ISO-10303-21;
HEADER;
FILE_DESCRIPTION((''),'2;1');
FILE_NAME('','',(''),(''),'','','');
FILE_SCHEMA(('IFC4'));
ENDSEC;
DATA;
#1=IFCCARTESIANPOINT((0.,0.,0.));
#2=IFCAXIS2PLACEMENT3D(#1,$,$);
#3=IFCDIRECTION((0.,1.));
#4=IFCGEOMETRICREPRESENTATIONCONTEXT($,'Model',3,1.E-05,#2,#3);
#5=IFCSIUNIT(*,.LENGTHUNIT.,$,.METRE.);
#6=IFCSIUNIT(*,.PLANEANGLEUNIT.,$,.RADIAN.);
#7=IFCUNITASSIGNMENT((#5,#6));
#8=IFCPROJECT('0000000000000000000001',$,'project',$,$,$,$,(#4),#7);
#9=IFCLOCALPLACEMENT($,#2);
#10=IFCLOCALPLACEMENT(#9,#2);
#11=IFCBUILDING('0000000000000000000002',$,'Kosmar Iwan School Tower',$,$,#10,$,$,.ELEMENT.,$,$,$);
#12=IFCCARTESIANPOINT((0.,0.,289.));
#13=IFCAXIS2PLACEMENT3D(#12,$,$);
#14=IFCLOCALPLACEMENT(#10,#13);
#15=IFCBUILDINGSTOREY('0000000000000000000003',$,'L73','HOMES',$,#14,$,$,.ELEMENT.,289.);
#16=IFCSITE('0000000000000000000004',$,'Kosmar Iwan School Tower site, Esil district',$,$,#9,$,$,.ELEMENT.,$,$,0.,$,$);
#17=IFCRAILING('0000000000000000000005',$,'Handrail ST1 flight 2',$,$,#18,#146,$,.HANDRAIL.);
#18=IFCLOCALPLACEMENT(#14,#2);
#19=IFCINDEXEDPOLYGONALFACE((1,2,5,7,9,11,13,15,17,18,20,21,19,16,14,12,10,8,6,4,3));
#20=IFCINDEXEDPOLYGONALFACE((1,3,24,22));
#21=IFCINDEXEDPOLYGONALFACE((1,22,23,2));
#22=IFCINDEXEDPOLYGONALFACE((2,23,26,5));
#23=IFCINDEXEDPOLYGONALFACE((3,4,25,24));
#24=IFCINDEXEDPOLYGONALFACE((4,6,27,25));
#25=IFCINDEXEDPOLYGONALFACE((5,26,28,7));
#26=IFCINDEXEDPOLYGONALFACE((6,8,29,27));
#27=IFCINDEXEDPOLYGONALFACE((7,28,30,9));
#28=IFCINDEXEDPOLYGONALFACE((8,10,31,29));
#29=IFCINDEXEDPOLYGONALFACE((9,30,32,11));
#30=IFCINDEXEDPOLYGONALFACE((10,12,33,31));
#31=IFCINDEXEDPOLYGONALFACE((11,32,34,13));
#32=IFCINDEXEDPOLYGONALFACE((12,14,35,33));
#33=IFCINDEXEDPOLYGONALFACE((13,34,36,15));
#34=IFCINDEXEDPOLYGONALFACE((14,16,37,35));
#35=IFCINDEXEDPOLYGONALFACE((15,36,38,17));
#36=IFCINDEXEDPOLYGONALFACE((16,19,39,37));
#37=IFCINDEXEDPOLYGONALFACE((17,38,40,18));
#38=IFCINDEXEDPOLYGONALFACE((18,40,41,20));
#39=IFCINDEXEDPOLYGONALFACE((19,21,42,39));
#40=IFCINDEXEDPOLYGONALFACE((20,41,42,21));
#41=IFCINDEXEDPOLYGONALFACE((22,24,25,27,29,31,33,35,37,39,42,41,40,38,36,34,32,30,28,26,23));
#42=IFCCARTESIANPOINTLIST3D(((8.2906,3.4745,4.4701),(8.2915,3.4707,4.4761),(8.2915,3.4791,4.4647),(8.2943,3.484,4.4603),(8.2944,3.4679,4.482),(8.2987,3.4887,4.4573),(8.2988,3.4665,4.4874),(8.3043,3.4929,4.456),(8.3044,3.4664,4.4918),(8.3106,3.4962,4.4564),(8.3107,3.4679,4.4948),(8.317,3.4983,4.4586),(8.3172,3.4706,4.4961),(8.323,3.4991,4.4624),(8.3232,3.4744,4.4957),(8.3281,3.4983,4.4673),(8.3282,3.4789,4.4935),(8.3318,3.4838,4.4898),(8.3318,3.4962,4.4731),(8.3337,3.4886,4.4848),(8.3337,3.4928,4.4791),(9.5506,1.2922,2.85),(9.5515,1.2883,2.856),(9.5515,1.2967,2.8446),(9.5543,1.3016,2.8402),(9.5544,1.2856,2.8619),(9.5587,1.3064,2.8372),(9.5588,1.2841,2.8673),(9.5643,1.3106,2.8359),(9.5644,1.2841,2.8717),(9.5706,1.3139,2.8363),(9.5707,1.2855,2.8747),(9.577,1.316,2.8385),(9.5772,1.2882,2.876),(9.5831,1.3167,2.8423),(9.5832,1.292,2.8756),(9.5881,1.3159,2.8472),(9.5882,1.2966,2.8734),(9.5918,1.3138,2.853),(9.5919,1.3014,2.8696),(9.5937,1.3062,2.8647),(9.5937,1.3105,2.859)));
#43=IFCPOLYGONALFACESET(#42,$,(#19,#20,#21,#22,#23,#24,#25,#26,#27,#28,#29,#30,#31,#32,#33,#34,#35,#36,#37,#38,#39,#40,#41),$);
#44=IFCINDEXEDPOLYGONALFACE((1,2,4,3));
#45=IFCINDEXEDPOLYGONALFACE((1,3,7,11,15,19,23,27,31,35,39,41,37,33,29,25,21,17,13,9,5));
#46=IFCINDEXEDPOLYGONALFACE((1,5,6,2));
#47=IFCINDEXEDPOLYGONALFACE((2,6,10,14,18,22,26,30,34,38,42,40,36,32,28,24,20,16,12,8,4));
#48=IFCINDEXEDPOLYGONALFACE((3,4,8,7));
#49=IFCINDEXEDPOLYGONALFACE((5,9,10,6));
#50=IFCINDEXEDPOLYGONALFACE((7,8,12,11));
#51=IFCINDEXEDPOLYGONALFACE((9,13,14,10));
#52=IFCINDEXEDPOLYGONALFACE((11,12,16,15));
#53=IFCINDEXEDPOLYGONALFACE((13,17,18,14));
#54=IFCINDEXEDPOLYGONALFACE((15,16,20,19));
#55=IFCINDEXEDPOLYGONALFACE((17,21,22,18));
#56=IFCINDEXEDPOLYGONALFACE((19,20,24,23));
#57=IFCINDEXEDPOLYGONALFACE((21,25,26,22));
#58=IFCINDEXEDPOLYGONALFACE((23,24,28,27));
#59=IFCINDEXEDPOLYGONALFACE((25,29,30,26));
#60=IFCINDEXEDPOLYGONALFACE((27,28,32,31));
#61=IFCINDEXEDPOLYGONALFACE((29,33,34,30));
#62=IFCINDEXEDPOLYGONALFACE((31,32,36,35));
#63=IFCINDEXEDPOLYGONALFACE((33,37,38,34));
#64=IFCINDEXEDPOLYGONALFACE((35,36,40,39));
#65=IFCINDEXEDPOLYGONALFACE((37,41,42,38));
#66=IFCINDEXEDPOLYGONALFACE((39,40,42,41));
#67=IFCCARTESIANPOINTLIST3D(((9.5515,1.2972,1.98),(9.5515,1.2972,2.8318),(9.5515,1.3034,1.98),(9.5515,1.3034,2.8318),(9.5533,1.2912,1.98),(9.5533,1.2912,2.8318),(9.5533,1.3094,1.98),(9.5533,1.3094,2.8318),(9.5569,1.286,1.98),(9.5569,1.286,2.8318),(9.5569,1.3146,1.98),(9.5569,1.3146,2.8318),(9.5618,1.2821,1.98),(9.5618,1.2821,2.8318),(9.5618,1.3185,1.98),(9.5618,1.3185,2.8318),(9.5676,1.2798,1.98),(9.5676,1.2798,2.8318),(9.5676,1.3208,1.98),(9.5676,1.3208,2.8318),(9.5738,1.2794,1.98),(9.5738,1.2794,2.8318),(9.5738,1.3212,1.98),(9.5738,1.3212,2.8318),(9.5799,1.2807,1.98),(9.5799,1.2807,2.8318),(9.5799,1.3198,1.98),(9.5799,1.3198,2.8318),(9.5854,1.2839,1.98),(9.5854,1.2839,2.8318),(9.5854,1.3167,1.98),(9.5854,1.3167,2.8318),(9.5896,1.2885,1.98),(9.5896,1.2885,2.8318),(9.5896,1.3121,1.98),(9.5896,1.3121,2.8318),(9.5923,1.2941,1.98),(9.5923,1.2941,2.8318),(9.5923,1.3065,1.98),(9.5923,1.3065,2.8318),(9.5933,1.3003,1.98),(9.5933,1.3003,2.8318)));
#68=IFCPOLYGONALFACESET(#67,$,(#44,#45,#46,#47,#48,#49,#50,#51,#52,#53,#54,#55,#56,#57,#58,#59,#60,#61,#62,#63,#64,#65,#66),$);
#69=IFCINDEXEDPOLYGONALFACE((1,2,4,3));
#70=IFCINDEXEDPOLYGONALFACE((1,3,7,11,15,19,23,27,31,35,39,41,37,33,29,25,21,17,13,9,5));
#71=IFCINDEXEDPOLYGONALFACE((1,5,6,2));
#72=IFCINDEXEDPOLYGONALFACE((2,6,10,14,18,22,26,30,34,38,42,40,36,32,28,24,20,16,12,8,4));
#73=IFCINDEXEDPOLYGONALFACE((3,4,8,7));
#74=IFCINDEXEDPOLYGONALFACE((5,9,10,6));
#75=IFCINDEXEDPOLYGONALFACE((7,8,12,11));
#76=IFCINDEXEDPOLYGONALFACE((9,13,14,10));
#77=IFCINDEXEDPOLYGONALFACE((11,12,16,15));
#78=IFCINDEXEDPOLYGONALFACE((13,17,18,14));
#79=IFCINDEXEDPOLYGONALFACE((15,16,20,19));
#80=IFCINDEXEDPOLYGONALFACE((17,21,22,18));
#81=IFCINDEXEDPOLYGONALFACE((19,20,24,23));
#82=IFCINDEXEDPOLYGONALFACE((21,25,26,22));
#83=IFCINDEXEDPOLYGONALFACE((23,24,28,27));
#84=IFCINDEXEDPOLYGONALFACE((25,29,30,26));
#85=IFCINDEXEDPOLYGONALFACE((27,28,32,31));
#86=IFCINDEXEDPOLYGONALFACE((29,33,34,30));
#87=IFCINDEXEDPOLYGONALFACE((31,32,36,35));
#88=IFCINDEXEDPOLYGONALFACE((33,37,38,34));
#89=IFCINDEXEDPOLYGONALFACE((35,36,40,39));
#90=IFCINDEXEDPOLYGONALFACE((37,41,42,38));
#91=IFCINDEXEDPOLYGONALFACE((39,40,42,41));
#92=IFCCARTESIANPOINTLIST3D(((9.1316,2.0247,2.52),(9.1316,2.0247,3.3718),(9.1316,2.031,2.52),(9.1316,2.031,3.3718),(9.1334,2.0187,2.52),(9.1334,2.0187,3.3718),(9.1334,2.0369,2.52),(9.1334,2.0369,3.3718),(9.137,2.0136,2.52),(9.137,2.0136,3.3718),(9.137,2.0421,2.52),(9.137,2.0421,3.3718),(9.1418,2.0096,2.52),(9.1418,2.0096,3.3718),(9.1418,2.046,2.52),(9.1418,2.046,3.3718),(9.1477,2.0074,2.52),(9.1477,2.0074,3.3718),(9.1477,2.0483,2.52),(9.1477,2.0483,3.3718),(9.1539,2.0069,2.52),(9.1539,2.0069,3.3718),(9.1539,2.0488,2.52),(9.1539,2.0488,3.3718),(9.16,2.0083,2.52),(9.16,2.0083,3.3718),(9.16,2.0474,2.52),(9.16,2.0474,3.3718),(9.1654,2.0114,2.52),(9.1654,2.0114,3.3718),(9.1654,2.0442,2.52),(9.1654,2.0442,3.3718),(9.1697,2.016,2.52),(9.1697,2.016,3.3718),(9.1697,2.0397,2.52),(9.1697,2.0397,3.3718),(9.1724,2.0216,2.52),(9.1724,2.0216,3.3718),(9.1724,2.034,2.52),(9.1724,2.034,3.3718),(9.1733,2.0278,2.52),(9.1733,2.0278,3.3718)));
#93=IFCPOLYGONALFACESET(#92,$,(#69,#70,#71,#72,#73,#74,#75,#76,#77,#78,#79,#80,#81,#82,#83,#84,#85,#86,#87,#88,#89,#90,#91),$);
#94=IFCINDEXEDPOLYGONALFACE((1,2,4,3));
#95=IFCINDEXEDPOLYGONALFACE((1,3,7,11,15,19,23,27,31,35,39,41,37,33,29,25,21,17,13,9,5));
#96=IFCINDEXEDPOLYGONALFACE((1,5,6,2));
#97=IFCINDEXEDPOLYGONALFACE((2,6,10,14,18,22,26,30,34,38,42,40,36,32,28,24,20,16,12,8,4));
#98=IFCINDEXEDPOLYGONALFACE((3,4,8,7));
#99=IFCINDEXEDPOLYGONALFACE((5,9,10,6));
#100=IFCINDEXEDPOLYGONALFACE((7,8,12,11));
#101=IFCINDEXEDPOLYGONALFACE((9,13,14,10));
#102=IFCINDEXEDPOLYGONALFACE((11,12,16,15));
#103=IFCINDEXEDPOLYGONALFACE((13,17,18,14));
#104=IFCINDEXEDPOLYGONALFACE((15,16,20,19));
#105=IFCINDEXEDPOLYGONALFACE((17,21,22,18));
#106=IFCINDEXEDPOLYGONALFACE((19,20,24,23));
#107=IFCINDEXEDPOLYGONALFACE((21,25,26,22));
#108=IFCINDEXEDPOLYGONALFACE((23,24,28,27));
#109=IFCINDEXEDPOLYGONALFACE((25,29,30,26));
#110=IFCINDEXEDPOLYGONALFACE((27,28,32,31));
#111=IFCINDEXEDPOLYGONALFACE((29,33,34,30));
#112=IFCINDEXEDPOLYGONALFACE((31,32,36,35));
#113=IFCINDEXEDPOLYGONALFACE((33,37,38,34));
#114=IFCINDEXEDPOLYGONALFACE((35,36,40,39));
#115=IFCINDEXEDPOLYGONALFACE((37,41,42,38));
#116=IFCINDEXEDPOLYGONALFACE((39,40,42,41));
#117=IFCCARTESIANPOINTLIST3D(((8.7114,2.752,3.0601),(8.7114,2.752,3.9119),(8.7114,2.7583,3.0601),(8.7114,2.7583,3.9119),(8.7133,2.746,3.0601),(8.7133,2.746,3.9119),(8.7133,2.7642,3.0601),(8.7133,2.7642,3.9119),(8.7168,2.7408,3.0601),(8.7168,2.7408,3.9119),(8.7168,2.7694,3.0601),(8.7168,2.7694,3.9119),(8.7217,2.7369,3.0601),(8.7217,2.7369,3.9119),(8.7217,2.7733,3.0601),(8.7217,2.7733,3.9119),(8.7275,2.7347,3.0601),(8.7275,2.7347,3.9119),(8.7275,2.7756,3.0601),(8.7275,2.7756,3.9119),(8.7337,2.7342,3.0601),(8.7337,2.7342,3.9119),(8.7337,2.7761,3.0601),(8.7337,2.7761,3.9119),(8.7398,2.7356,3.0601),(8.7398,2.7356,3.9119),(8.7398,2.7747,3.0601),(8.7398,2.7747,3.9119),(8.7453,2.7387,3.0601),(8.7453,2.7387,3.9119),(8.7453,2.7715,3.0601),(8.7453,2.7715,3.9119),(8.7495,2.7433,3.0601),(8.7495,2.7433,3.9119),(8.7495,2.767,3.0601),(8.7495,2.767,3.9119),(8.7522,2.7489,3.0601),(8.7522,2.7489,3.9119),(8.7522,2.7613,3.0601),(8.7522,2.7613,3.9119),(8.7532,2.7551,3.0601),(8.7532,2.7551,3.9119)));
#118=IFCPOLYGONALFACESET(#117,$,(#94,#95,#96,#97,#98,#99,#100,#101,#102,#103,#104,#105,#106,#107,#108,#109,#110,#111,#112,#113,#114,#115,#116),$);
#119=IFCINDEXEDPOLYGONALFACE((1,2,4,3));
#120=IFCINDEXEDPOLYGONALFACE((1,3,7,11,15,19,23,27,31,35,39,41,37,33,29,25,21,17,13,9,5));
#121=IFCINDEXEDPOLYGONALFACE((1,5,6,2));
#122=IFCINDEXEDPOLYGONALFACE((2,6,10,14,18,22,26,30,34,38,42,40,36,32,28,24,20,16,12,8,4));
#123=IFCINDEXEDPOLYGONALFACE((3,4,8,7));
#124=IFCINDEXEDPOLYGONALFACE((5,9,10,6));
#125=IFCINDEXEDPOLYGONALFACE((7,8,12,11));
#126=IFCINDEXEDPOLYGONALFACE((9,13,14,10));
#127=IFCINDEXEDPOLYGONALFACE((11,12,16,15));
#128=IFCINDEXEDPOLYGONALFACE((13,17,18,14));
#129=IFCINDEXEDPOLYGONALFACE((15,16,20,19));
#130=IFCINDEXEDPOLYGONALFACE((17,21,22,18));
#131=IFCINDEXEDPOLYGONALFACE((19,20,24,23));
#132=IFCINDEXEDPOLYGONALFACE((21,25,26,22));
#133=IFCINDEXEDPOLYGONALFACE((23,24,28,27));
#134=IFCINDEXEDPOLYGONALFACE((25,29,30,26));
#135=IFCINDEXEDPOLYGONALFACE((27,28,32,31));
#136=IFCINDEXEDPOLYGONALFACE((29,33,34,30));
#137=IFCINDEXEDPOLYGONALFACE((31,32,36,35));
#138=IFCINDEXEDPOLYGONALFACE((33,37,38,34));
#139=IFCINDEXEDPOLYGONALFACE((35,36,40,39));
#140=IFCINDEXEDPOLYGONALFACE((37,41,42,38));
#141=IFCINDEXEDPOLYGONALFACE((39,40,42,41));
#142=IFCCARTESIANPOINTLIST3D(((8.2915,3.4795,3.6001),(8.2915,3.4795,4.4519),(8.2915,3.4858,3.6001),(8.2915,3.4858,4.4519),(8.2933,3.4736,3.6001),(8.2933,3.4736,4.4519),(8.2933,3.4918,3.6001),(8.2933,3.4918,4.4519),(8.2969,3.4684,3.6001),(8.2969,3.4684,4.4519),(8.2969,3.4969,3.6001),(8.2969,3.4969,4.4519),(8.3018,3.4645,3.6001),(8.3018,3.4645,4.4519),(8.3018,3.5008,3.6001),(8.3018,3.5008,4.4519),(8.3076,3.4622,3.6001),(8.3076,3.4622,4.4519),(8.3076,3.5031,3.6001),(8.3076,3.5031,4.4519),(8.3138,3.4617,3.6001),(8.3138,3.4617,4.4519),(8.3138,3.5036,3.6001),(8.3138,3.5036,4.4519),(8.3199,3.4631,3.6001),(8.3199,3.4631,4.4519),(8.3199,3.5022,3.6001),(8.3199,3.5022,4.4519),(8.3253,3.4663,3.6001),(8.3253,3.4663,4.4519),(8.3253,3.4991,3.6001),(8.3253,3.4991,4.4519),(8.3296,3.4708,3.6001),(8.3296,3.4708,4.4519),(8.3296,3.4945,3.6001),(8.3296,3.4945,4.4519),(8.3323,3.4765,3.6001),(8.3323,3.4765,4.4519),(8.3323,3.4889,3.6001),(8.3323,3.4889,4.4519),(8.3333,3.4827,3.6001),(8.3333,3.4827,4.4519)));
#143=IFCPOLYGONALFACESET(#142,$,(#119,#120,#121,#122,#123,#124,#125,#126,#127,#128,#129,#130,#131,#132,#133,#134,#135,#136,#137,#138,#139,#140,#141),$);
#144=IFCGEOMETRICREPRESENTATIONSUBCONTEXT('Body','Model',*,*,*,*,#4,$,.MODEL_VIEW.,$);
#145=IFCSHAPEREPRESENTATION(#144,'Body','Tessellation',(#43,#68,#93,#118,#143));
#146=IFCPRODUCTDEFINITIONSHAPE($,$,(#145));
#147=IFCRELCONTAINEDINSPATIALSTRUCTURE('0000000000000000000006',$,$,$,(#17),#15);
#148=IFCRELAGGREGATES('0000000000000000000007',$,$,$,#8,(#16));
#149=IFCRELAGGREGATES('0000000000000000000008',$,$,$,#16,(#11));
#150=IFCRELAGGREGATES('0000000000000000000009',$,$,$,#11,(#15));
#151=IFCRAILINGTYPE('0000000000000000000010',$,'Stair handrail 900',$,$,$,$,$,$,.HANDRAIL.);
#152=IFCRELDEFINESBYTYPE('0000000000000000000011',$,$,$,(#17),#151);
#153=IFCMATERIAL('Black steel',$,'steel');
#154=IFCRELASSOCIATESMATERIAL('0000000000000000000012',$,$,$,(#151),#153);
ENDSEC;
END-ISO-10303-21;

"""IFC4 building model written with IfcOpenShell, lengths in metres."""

from ifc_helpers import new_model, si_unit, direction, frame, origin, origin_2d, place, context, subcontext, project, spatial, circle, extrude, material, type_object, element, save


model = new_model("IFC4")

# Units and contexts
model_context = context("Model", 3, precision=1e-05, world=origin(), true_north=direction((0.0, 1.0)))
body_context = subcontext(model_context, "Body", "Model", "MODEL_VIEW")
ifc_project = project(units=[si_unit("LENGTHUNIT", "METRE"), si_unit("PLANEANGLEUNIT", "RADIAN")], contexts=[model_context])

# Site, building, storey
site_placement = place(None, origin())
site = spatial("IfcSite", under=ifc_project, at=site_placement, Name="Kosmar Iwan School Tower site, Esil district", CompositionType="ELEMENT", RefElevation=0.0)
building_placement = place(site_placement, origin())
building = spatial("IfcBuilding", under=site, at=building_placement, Name="Kosmar Iwan School Tower", CompositionType="ELEMENT")
storey_placement = place(building_placement, frame((0.0, 0.0, 289.0)))
storey = spatial("IfcBuildingStorey", under=building, at=storey_placement, Name="L73", Description="HOMES", CompositionType="ELEMENT", Elevation=289.0)

# Railing
ifc_material_1 = material(Name="Black steel", Category="steel")
railing_type = type_object("IfcRailingType", Name="Stair handrail 900", PredefinedType="HANDRAIL", material=ifc_material_1)
railing_1_placement = place(storey_placement, frame((9.5723, 1.3003, 1.98)))
element("IfcRailing", 1, at=railing_1_placement, inside=storey, type_object=railing_type, Name="Handrail ST1 flight 2", PredefinedType="HANDRAIL", context=body_context, shape_type="SweptSolid", body=[
    extrude(circle(Radius=0.0239, at=origin_2d()), frame((0.0, 0.0, 0.876), z_axis=(-0.420584, 0.728464, 0.540786), x_axis=(-0.866023, -0.500005, 0.0)), (0.0, 0.0, 1.0), 2.9958),
    extrude(circle(Radius=0.021, at=origin_2d()), origin(), (0.0, 0.0, 1.0), 0.8518),
    extrude(circle(Radius=0.021, at=origin_2d()), frame((-0.4199, 0.7275, 0.54)), (0.0, 0.0, 1.0), 0.8518),
    extrude(circle(Radius=0.021, at=origin_2d()), frame((-0.8401, 1.4548, 1.0801)), (0.0, 0.0, 1.0), 0.8518),
    extrude(circle(Radius=0.021, at=origin_2d()), frame((-1.26, 2.1824, 1.6201)), (0.0, 0.0, 1.0), 0.8518),
])

save(model, "model.ifc")
